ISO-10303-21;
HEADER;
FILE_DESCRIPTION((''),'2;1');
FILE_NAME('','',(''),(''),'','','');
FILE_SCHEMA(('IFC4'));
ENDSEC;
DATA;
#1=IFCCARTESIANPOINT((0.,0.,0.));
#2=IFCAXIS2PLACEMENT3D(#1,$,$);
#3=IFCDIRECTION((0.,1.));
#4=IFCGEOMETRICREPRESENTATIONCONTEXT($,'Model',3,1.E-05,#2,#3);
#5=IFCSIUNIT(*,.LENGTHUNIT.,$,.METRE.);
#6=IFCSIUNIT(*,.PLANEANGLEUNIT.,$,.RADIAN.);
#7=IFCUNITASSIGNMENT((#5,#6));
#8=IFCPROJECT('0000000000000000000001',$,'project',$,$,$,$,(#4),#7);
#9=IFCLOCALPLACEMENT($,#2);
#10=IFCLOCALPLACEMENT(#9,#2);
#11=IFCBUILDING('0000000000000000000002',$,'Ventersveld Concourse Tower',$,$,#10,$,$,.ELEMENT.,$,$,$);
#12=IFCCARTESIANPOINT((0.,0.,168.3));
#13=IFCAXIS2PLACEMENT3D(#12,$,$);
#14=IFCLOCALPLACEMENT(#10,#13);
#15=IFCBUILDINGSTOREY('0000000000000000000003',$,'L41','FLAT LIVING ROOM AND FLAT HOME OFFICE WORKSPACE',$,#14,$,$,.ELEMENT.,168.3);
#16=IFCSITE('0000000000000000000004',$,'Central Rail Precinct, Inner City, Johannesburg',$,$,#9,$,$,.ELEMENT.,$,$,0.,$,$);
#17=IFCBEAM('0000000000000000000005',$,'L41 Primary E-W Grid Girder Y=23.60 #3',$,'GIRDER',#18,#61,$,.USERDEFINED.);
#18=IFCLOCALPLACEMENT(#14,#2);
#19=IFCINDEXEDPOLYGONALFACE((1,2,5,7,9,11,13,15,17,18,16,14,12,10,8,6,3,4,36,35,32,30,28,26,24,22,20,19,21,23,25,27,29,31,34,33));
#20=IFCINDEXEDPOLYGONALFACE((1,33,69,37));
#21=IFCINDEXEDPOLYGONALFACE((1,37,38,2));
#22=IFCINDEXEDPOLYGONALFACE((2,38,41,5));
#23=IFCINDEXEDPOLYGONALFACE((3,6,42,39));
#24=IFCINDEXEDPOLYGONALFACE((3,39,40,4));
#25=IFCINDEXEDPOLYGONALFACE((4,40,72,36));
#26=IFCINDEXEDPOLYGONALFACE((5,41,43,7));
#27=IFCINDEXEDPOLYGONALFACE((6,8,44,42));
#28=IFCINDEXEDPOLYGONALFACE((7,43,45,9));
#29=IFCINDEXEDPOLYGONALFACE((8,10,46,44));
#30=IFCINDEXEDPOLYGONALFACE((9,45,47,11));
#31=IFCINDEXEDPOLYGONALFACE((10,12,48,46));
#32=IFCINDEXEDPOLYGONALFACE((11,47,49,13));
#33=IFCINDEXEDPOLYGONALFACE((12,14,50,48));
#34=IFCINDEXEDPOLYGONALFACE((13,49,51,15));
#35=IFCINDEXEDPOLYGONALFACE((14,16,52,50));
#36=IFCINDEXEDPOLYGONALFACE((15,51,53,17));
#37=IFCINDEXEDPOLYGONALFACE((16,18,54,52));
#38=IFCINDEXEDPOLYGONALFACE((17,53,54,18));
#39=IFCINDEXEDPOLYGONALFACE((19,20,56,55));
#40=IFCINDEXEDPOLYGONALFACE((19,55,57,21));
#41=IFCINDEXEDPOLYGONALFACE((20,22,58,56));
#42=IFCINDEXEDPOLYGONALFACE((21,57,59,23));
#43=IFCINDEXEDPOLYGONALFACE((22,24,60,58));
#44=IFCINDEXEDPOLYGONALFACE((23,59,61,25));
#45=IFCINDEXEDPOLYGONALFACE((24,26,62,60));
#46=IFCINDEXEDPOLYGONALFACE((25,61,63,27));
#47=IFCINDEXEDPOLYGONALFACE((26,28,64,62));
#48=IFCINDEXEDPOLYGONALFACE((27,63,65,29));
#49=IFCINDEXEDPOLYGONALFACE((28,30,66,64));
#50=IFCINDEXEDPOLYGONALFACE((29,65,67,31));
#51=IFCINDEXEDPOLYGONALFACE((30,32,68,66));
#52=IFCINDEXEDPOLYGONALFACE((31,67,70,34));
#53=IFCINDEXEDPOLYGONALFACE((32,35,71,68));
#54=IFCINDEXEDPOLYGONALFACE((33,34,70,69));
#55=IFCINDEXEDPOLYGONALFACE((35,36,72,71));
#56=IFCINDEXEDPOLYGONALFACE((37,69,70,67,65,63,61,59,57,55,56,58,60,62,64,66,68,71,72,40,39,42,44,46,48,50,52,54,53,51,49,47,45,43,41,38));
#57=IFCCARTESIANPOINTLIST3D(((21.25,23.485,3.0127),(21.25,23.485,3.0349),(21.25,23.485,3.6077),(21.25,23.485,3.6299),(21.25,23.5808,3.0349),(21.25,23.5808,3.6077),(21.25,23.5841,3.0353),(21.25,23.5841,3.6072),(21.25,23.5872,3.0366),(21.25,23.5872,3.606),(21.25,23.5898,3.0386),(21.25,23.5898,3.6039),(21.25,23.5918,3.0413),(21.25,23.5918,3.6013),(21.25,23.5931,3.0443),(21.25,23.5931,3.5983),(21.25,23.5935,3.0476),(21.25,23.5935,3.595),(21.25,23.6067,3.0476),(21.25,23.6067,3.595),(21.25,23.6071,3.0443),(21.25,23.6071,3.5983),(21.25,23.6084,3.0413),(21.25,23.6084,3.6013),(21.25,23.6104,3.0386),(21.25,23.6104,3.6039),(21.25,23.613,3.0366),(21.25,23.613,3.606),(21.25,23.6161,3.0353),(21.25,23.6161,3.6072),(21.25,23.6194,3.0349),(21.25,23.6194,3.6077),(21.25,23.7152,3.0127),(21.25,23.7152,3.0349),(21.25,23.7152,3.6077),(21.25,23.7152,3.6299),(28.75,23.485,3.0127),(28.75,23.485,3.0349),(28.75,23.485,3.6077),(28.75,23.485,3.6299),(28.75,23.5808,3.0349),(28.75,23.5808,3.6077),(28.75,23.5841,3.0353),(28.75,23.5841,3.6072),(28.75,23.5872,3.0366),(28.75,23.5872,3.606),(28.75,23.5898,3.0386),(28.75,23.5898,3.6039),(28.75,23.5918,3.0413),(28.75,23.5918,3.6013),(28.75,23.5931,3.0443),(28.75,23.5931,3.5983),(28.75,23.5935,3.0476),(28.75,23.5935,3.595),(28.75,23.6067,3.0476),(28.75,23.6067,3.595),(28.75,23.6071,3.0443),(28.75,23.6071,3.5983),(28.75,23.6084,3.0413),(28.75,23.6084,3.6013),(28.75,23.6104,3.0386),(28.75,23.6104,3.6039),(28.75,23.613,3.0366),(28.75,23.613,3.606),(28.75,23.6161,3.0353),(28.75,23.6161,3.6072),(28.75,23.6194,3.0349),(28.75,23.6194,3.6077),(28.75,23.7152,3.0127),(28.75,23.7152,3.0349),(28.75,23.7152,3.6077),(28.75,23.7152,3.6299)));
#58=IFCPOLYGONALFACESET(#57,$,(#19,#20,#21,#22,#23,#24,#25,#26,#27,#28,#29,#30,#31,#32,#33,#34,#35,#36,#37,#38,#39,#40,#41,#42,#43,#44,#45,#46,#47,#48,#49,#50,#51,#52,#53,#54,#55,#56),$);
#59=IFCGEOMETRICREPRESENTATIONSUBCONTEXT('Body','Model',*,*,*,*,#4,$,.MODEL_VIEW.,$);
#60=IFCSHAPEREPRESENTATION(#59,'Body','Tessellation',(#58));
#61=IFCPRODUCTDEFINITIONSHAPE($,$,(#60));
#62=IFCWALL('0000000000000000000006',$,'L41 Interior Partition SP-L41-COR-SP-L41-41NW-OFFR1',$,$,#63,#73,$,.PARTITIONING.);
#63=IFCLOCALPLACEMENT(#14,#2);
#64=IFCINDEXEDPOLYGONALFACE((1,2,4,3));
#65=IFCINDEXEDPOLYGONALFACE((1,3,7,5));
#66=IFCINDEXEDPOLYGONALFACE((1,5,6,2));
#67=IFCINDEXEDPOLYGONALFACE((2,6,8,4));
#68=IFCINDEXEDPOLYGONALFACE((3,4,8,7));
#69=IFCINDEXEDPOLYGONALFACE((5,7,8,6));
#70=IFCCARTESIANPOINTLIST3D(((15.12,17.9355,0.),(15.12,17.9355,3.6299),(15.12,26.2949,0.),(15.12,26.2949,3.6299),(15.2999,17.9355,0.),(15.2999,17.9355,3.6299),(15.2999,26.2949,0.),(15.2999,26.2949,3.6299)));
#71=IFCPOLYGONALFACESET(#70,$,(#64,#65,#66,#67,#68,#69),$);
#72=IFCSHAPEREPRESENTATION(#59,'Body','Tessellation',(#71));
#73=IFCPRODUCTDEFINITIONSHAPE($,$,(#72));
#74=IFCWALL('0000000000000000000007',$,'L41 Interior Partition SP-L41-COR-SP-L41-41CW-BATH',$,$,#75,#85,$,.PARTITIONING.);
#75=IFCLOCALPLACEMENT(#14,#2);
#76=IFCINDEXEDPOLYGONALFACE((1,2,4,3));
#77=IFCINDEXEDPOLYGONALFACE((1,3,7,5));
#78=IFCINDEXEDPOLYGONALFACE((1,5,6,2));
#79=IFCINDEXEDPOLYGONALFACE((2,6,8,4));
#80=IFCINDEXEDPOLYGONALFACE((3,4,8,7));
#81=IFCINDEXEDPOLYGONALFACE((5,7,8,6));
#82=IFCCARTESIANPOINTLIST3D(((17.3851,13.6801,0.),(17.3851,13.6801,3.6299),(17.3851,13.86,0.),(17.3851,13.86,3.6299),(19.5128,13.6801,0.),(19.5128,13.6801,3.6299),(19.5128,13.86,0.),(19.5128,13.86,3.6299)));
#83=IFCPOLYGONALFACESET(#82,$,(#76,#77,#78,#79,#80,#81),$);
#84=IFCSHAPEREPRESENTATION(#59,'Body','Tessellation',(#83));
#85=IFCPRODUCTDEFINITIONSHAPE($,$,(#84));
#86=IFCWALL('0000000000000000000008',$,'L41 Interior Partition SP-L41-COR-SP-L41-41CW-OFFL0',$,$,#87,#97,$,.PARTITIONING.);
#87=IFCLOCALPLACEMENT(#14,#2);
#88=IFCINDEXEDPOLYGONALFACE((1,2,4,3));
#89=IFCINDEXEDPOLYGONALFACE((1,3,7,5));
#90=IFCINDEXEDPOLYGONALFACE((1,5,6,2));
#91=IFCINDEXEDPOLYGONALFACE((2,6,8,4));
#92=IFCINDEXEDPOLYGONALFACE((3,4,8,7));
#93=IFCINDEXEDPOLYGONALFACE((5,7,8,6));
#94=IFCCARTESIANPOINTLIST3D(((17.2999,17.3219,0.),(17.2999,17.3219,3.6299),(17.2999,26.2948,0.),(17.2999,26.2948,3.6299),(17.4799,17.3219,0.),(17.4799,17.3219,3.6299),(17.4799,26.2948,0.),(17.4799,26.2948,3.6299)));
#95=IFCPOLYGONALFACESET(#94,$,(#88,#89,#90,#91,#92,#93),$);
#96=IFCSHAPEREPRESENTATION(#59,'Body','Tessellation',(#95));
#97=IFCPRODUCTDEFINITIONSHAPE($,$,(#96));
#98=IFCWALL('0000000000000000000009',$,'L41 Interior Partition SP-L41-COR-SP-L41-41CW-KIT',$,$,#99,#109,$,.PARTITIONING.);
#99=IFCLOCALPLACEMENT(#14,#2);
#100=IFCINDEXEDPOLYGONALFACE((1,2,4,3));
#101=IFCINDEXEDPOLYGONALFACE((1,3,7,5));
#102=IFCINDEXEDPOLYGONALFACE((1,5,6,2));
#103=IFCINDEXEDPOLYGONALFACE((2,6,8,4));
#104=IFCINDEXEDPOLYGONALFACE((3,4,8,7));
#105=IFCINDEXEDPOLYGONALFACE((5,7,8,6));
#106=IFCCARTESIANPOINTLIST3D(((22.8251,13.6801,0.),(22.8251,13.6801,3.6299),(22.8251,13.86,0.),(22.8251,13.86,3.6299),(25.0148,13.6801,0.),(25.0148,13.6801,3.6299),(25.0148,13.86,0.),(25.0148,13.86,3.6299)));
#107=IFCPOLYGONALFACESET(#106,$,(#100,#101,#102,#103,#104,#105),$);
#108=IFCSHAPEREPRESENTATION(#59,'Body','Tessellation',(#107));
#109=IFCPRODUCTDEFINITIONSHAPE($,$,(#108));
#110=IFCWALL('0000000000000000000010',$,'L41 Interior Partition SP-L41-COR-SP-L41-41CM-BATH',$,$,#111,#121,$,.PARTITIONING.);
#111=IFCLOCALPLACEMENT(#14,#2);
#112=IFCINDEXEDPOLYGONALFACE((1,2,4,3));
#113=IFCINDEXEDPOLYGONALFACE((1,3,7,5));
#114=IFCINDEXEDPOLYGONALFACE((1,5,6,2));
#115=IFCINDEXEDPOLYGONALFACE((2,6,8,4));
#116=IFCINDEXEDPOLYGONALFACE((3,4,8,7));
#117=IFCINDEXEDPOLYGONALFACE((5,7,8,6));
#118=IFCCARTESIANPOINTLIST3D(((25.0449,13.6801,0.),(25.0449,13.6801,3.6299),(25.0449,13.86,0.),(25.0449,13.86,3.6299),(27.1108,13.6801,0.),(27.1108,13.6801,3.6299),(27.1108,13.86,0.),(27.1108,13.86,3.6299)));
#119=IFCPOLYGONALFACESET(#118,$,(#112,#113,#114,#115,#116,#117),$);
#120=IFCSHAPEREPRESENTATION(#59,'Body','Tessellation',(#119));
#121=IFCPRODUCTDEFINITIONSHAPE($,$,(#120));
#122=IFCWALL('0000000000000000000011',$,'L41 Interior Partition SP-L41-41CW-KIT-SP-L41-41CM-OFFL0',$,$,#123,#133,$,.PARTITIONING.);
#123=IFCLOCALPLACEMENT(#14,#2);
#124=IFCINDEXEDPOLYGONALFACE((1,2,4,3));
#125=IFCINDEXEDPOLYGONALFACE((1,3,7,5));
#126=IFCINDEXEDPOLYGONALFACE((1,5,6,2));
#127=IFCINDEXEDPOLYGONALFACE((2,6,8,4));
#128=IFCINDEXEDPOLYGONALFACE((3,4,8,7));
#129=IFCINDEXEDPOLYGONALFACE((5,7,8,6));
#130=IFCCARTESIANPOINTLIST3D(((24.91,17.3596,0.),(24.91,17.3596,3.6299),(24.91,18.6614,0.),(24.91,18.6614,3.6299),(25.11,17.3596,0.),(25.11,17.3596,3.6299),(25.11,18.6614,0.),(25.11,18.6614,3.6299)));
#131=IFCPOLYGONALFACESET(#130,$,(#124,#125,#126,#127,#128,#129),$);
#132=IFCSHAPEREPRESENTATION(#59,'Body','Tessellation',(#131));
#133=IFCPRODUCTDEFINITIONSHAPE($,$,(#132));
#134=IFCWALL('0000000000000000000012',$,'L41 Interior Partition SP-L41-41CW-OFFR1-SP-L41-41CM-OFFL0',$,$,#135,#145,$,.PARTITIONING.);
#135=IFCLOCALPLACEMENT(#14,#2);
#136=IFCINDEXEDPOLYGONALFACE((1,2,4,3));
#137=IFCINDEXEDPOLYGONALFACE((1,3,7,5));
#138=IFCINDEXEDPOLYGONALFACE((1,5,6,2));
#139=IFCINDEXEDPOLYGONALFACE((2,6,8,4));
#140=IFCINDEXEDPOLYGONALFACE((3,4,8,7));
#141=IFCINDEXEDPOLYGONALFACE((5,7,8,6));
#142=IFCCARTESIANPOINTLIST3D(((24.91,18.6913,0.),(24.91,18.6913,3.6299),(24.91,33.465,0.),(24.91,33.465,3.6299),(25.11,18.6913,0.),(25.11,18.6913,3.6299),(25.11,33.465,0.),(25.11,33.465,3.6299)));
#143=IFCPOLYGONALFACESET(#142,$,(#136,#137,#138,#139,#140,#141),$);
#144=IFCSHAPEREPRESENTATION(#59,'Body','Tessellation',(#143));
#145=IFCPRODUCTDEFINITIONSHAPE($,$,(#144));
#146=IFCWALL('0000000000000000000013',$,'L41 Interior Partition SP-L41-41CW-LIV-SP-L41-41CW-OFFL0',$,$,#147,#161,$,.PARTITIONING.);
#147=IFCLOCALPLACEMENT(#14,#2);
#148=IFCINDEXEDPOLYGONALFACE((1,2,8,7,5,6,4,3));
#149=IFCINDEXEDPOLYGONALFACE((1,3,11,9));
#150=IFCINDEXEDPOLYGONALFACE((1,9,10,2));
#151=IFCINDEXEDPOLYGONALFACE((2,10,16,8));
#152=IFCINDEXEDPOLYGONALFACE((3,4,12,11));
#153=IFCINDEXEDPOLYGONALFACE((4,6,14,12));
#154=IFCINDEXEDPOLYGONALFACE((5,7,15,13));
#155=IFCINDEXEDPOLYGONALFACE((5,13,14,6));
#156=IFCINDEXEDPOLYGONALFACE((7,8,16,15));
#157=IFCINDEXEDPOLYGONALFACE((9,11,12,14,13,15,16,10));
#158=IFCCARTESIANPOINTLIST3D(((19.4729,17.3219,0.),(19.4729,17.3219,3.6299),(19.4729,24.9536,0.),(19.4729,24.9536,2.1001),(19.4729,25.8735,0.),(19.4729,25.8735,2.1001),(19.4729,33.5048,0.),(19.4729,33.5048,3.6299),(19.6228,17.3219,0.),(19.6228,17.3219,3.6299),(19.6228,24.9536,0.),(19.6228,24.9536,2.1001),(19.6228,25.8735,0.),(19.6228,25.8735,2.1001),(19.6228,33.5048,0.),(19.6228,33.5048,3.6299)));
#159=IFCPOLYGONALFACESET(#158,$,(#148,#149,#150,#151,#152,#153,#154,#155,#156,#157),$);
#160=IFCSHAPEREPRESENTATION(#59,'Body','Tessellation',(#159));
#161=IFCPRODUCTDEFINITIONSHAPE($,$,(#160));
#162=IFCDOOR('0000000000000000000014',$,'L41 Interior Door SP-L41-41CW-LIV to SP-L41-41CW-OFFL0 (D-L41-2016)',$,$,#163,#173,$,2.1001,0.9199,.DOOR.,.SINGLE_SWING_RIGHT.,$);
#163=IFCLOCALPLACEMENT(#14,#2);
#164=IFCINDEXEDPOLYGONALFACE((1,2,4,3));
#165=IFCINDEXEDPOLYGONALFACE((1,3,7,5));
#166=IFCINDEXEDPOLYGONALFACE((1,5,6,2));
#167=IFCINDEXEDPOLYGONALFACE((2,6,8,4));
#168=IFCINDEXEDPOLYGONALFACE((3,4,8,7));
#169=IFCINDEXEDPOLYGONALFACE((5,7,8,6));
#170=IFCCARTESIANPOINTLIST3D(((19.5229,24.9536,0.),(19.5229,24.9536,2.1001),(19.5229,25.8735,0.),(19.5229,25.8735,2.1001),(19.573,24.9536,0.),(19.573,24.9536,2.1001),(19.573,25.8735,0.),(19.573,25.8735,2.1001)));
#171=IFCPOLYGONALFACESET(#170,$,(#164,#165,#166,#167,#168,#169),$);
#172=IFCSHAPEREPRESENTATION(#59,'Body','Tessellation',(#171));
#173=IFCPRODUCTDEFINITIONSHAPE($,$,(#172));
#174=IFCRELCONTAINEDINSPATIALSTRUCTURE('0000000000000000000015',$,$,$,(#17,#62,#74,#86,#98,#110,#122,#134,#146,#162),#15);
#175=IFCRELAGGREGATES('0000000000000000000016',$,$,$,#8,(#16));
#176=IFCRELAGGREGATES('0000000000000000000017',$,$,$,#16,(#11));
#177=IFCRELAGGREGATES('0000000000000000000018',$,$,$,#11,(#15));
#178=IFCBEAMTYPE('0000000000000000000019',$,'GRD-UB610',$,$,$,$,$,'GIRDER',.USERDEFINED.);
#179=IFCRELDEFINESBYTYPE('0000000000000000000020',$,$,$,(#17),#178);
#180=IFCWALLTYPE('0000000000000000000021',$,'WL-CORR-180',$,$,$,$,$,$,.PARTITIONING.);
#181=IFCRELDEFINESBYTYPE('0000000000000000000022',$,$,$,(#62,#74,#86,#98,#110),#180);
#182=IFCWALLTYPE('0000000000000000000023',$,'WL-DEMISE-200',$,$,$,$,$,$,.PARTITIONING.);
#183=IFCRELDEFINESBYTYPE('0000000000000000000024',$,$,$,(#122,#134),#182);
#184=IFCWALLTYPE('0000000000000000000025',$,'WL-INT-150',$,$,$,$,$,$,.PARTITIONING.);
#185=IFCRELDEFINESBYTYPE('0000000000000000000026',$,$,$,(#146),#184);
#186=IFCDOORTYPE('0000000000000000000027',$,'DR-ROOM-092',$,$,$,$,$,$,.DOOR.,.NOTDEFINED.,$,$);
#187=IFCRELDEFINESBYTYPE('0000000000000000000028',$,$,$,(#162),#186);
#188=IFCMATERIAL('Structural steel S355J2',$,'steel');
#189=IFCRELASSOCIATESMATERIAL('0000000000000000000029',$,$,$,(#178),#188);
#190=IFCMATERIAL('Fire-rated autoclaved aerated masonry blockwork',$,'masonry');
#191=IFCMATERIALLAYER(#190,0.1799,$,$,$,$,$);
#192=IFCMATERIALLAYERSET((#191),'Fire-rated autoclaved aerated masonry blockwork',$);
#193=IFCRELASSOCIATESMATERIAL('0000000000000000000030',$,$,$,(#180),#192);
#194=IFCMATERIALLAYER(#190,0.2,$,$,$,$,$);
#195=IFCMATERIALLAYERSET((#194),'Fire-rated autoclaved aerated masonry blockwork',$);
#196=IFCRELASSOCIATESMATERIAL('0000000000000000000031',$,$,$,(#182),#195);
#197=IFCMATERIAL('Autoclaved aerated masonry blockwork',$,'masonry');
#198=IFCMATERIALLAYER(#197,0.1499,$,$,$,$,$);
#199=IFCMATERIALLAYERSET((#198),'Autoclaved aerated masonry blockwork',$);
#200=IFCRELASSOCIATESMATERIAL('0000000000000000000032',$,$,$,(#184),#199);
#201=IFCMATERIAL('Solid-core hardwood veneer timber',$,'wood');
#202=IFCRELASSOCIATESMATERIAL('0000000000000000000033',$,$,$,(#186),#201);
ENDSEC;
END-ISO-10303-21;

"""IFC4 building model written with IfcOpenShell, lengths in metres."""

from ifc_helpers import new_model, si_unit, direction, frame, frame_2d, origin, origin_2d, place, context, subcontext, project, spatial, rectangle, i_section, extrude, material, layer, layer_set, material_profile, profile_set, type_object, element, fill, save


model = new_model("IFC4")

# Units and contexts
model_context = context("Model", 3, precision=1e-05, world=origin(), true_north=direction((0.0, 1.0)))
body_context = subcontext(model_context, "Body", "Model", "MODEL_VIEW")
ifc_project = project(units=[si_unit("LENGTHUNIT", "METRE"), si_unit("PLANEANGLEUNIT", "RADIAN")], contexts=[model_context])

# Site, building, storey
site_placement = place(None, origin())
site = spatial("IfcSite", under=ifc_project, at=site_placement, Name="Central Rail Precinct, Inner City, Johannesburg", CompositionType="ELEMENT", RefElevation=0.0)
building_placement = place(site_placement, origin())
building = spatial("IfcBuilding", under=site, at=building_placement, Name="Ventersveld Concourse Tower", CompositionType="ELEMENT")
storey_placement = place(building_placement, frame((0.0, 0.0, 168.3)))
storey = spatial("IfcBuildingStorey", under=building, at=storey_placement, Name="L41", Description="FLAT LIVING ROOM AND FLAT HOME OFFICE WORKSPACE", CompositionType="ELEMENT", Elevation=168.3)

# Beam
ifc_material_1 = material(Name="Structural steel S355J2", Category="steel")
ifc_material_profile_1 = material_profile(ifc_material_1, i_section(OverallWidth=0.2302, OverallDepth=0.6172, WebThickness=0.0132, FlangeThickness=0.0222, FilletRadius=0.0127, at=origin_2d()), Name="UB 610x229x140")
ifc_profile_set_1 = profile_set([ifc_material_profile_1], Name="Structural steel S355J2")
beam_type_1 = type_object("IfcBeamType", Name="GRD-UB610", ElementType="GIRDER", PredefinedType="USERDEFINED", material=ifc_profile_set_1)
for number, where, z_axis, x_axis, name in (
    (1, (21.25, 23.6001, 3.3213), (1.0, 0.0, 0.0), (0.0, 1.0, 0.0), "L41 Primary E-W Grid Girder Y=23.60 #3"),
):
    element("IfcBeam", number, at=place(storey_placement, frame(where, z_axis=z_axis, x_axis=x_axis)), inside=storey, type_object=beam_type_1, Name=name, ObjectType="GIRDER", PredefinedType="USERDEFINED", context=body_context, shape_type="SweptSolid", body=[
        extrude(i_section(OverallWidth=0.2302, OverallDepth=0.6172, WebThickness=0.0132, FlangeThickness=0.0222, FilletRadius=0.0127, at=origin_2d()), origin(), (0.0, 0.0, 1.0), 7.5),
    ])

# Wall
ifc_material_2 = material(Name="Fire-rated autoclaved aerated masonry blockwork", Category="masonry")
ifc_layer_1 = layer(ifc_material_2, 0.1799)
ifc_layer_set_1 = layer_set([ifc_layer_1], Name="Fire-rated autoclaved aerated masonry blockwork")
wall_type_1 = type_object("IfcWallType", Name="WL-CORR-180", PredefinedType="PARTITIONING", material=ifc_layer_set_1)
wall_1_placement = place(storey_placement, frame((15.21, 17.9355, 0.0), z_axis=(0.0, 0.0, 1.0), x_axis=(0.0, 1.0, 0.0)))
element("IfcWall", 2, at=wall_1_placement, inside=storey, type_object=wall_type_1, Name="L41 Interior Partition SP-L41-COR-SP-L41-41NW-OFFR1", PredefinedType="PARTITIONING", context=body_context, shape_type="SweptSolid", body=[
    extrude(rectangle(XDim=8.3594, YDim=0.1799, at=frame_2d((4.1797, 0.0))), origin(), (0.0, 0.0, 1.0), 3.6299),
])

# Shared definitions
ifc_material_3 = material(Name="Solid-core hardwood veneer timber", Category="wood")

# Walls
wall_2_placement = place(storey_placement, frame((17.385, 13.77, 0.0), z_axis=(0.0, 0.0, 1.0), x_axis=(1.0, 0.0, 0.0)))
element("IfcWall", 3, at=wall_2_placement, inside=storey, type_object=wall_type_1, Name="L41 Interior Partition SP-L41-COR-SP-L41-41CW-BATH", PredefinedType="PARTITIONING", context=body_context, shape_type="SweptSolid", body=[
    extrude(rectangle(XDim=2.1277, YDim=0.1799, at=frame_2d((1.064, 0.0))), origin(), (0.0, 0.0, 1.0), 3.6299),
])
wall_3_placement = place(storey_placement, frame((17.3899, 17.322, 0.0), z_axis=(0.0, 0.0, 1.0), x_axis=(0.0, 1.0, 0.0)))
element("IfcWall", 4, at=wall_3_placement, inside=storey, type_object=wall_type_1, Name="L41 Interior Partition SP-L41-COR-SP-L41-41CW-OFFL0", PredefinedType="PARTITIONING", context=body_context, shape_type="SweptSolid", body=[
    extrude(rectangle(XDim=8.9729, YDim=0.1799, at=frame_2d((4.4863, 0.0))), origin(), (0.0, 0.0, 1.0), 3.6299),
])
wall_4_placement = place(storey_placement, frame((22.8252, 13.77, 0.0), z_axis=(0.0, 0.0, 1.0), x_axis=(1.0, 0.0, 0.0)))
element("IfcWall", 5, at=wall_4_placement, inside=storey, type_object=wall_type_1, Name="L41 Interior Partition SP-L41-COR-SP-L41-41CW-KIT", PredefinedType="PARTITIONING", context=body_context, shape_type="SweptSolid", body=[
    extrude(rectangle(XDim=2.1897, YDim=0.1799, at=frame_2d((1.0947, 0.0))), origin(), (0.0, 0.0, 1.0), 3.6299),
])
wall_5_placement = place(storey_placement, frame((25.0449, 13.77, 0.0), z_axis=(0.0, 0.0, 1.0), x_axis=(1.0, 0.0, 0.0)))
element("IfcWall", 6, at=wall_5_placement, inside=storey, type_object=wall_type_1, Name="L41 Interior Partition SP-L41-COR-SP-L41-41CM-BATH", PredefinedType="PARTITIONING", context=body_context, shape_type="SweptSolid", body=[
    extrude(rectangle(XDim=2.0659, YDim=0.1799, at=frame_2d((1.033, 0.0))), origin(), (0.0, 0.0, 1.0), 3.6299),
])
ifc_layer_2 = layer(ifc_material_2, 0.2)
ifc_layer_set_2 = layer_set([ifc_layer_2], Name="Fire-rated autoclaved aerated masonry blockwork")
wall_type_2 = type_object("IfcWallType", Name="WL-DEMISE-200", PredefinedType="PARTITIONING", material=ifc_layer_set_2)
wall_6_placement = place(storey_placement, frame((25.01, 17.3596, 0.0), z_axis=(0.0, 0.0, 1.0), x_axis=(0.0, 1.0, 0.0)))
element("IfcWall", 7, at=wall_6_placement, inside=storey, type_object=wall_type_2, Name="L41 Interior Partition SP-L41-41CW-KIT-SP-L41-41CM-OFFL0", PredefinedType="PARTITIONING", context=body_context, shape_type="SweptSolid", body=[
    extrude(rectangle(XDim=1.3018, YDim=0.2, at=frame_2d((0.6509, 0.0))), origin(), (0.0, 0.0, 1.0), 3.6299),
])
wall_7_placement = place(storey_placement, frame((25.01, 18.6914, 0.0), z_axis=(0.0, 0.0, 1.0), x_axis=(0.0, 1.0, 0.0)))
element("IfcWall", 8, at=wall_7_placement, inside=storey, type_object=wall_type_2, Name="L41 Interior Partition SP-L41-41CW-OFFR1-SP-L41-41CM-OFFL0", PredefinedType="PARTITIONING", context=body_context, shape_type="SweptSolid", body=[
    extrude(rectangle(XDim=14.7737, YDim=0.2, at=frame_2d((7.3867, 0.0))), origin(), (0.0, 0.0, 1.0), 3.6299),
])

# Wall, opening, door
ifc_material_4 = material(Name="Autoclaved aerated masonry blockwork", Category="masonry")
ifc_layer_3 = layer(ifc_material_4, 0.1499)
ifc_layer_set_3 = layer_set([ifc_layer_3], Name="Autoclaved aerated masonry blockwork")
wall_type_3 = type_object("IfcWallType", Name="WL-INT-150", PredefinedType="PARTITIONING", material=ifc_layer_set_3)
wall_8_placement = place(storey_placement, frame((19.5479, 17.322, 0.0), z_axis=(0.0, 0.0, 1.0), x_axis=(0.0, 1.0, 0.0)))
wall_8 = element("IfcWall", 9, at=wall_8_placement, inside=storey, type_object=wall_type_3, Name="L41 Interior Partition SP-L41-41CW-LIV-SP-L41-41CW-OFFL0", PredefinedType="PARTITIONING", context=body_context, shape_type="SweptSolid", body=[
    extrude(rectangle(XDim=16.1829, YDim=0.1499, at=frame_2d((8.0913, 0.0))), origin(), (0.0, 0.0, 1.0), 3.6299),
])
opening_1_placement = place(wall_8_placement, frame((7.6316, 0.0, 0.0)))
opening_1 = element("IfcOpeningElement", 10, at=opening_1_placement, cuts=wall_8, PredefinedType="OPENING", context=body_context, shape_type="SweptSolid", body=[
    extrude(rectangle(XDim=0.9199, YDim=2.1001, at=frame_2d((0.46, 1.05))), frame((0.0, 0.085, 0.0), z_axis=(0.0, -1.0, 0.0), x_axis=(1.0, 0.0, 0.0)), (0.0, 0.0, 1.0), 0.1699),
])
door_type_1 = type_object("IfcDoorType", Name="DR-ROOM-092", OperationType="NOTDEFINED", PredefinedType="DOOR", material=ifc_material_3)
door_1_placement = place(opening_1_placement, origin())
door_1 = element("IfcDoor", 11, at=door_1_placement, inside=storey, type_object=door_type_1, Name="L41 Interior Door SP-L41-41CW-LIV to SP-L41-41CW-OFFL0 (D-L41-2016)", OperationType="SINGLE_SWING_RIGHT", OverallHeight=2.1001, OverallWidth=0.9199, PredefinedType="DOOR", context=body_context, shape_type="SweptSolid", body=[
    extrude(rectangle(XDim=0.9199, YDim=2.1001, at=frame_2d((0.46, 1.05))), frame((0.0, 0.0249, 0.0), z_axis=(0.0, -1.0, 0.0), x_axis=(1.0, 0.0, 0.0)), (0.0, 0.0, 1.0), 0.05),
])
fill(opening_1, door_1)

save(model, "model.ifc")
